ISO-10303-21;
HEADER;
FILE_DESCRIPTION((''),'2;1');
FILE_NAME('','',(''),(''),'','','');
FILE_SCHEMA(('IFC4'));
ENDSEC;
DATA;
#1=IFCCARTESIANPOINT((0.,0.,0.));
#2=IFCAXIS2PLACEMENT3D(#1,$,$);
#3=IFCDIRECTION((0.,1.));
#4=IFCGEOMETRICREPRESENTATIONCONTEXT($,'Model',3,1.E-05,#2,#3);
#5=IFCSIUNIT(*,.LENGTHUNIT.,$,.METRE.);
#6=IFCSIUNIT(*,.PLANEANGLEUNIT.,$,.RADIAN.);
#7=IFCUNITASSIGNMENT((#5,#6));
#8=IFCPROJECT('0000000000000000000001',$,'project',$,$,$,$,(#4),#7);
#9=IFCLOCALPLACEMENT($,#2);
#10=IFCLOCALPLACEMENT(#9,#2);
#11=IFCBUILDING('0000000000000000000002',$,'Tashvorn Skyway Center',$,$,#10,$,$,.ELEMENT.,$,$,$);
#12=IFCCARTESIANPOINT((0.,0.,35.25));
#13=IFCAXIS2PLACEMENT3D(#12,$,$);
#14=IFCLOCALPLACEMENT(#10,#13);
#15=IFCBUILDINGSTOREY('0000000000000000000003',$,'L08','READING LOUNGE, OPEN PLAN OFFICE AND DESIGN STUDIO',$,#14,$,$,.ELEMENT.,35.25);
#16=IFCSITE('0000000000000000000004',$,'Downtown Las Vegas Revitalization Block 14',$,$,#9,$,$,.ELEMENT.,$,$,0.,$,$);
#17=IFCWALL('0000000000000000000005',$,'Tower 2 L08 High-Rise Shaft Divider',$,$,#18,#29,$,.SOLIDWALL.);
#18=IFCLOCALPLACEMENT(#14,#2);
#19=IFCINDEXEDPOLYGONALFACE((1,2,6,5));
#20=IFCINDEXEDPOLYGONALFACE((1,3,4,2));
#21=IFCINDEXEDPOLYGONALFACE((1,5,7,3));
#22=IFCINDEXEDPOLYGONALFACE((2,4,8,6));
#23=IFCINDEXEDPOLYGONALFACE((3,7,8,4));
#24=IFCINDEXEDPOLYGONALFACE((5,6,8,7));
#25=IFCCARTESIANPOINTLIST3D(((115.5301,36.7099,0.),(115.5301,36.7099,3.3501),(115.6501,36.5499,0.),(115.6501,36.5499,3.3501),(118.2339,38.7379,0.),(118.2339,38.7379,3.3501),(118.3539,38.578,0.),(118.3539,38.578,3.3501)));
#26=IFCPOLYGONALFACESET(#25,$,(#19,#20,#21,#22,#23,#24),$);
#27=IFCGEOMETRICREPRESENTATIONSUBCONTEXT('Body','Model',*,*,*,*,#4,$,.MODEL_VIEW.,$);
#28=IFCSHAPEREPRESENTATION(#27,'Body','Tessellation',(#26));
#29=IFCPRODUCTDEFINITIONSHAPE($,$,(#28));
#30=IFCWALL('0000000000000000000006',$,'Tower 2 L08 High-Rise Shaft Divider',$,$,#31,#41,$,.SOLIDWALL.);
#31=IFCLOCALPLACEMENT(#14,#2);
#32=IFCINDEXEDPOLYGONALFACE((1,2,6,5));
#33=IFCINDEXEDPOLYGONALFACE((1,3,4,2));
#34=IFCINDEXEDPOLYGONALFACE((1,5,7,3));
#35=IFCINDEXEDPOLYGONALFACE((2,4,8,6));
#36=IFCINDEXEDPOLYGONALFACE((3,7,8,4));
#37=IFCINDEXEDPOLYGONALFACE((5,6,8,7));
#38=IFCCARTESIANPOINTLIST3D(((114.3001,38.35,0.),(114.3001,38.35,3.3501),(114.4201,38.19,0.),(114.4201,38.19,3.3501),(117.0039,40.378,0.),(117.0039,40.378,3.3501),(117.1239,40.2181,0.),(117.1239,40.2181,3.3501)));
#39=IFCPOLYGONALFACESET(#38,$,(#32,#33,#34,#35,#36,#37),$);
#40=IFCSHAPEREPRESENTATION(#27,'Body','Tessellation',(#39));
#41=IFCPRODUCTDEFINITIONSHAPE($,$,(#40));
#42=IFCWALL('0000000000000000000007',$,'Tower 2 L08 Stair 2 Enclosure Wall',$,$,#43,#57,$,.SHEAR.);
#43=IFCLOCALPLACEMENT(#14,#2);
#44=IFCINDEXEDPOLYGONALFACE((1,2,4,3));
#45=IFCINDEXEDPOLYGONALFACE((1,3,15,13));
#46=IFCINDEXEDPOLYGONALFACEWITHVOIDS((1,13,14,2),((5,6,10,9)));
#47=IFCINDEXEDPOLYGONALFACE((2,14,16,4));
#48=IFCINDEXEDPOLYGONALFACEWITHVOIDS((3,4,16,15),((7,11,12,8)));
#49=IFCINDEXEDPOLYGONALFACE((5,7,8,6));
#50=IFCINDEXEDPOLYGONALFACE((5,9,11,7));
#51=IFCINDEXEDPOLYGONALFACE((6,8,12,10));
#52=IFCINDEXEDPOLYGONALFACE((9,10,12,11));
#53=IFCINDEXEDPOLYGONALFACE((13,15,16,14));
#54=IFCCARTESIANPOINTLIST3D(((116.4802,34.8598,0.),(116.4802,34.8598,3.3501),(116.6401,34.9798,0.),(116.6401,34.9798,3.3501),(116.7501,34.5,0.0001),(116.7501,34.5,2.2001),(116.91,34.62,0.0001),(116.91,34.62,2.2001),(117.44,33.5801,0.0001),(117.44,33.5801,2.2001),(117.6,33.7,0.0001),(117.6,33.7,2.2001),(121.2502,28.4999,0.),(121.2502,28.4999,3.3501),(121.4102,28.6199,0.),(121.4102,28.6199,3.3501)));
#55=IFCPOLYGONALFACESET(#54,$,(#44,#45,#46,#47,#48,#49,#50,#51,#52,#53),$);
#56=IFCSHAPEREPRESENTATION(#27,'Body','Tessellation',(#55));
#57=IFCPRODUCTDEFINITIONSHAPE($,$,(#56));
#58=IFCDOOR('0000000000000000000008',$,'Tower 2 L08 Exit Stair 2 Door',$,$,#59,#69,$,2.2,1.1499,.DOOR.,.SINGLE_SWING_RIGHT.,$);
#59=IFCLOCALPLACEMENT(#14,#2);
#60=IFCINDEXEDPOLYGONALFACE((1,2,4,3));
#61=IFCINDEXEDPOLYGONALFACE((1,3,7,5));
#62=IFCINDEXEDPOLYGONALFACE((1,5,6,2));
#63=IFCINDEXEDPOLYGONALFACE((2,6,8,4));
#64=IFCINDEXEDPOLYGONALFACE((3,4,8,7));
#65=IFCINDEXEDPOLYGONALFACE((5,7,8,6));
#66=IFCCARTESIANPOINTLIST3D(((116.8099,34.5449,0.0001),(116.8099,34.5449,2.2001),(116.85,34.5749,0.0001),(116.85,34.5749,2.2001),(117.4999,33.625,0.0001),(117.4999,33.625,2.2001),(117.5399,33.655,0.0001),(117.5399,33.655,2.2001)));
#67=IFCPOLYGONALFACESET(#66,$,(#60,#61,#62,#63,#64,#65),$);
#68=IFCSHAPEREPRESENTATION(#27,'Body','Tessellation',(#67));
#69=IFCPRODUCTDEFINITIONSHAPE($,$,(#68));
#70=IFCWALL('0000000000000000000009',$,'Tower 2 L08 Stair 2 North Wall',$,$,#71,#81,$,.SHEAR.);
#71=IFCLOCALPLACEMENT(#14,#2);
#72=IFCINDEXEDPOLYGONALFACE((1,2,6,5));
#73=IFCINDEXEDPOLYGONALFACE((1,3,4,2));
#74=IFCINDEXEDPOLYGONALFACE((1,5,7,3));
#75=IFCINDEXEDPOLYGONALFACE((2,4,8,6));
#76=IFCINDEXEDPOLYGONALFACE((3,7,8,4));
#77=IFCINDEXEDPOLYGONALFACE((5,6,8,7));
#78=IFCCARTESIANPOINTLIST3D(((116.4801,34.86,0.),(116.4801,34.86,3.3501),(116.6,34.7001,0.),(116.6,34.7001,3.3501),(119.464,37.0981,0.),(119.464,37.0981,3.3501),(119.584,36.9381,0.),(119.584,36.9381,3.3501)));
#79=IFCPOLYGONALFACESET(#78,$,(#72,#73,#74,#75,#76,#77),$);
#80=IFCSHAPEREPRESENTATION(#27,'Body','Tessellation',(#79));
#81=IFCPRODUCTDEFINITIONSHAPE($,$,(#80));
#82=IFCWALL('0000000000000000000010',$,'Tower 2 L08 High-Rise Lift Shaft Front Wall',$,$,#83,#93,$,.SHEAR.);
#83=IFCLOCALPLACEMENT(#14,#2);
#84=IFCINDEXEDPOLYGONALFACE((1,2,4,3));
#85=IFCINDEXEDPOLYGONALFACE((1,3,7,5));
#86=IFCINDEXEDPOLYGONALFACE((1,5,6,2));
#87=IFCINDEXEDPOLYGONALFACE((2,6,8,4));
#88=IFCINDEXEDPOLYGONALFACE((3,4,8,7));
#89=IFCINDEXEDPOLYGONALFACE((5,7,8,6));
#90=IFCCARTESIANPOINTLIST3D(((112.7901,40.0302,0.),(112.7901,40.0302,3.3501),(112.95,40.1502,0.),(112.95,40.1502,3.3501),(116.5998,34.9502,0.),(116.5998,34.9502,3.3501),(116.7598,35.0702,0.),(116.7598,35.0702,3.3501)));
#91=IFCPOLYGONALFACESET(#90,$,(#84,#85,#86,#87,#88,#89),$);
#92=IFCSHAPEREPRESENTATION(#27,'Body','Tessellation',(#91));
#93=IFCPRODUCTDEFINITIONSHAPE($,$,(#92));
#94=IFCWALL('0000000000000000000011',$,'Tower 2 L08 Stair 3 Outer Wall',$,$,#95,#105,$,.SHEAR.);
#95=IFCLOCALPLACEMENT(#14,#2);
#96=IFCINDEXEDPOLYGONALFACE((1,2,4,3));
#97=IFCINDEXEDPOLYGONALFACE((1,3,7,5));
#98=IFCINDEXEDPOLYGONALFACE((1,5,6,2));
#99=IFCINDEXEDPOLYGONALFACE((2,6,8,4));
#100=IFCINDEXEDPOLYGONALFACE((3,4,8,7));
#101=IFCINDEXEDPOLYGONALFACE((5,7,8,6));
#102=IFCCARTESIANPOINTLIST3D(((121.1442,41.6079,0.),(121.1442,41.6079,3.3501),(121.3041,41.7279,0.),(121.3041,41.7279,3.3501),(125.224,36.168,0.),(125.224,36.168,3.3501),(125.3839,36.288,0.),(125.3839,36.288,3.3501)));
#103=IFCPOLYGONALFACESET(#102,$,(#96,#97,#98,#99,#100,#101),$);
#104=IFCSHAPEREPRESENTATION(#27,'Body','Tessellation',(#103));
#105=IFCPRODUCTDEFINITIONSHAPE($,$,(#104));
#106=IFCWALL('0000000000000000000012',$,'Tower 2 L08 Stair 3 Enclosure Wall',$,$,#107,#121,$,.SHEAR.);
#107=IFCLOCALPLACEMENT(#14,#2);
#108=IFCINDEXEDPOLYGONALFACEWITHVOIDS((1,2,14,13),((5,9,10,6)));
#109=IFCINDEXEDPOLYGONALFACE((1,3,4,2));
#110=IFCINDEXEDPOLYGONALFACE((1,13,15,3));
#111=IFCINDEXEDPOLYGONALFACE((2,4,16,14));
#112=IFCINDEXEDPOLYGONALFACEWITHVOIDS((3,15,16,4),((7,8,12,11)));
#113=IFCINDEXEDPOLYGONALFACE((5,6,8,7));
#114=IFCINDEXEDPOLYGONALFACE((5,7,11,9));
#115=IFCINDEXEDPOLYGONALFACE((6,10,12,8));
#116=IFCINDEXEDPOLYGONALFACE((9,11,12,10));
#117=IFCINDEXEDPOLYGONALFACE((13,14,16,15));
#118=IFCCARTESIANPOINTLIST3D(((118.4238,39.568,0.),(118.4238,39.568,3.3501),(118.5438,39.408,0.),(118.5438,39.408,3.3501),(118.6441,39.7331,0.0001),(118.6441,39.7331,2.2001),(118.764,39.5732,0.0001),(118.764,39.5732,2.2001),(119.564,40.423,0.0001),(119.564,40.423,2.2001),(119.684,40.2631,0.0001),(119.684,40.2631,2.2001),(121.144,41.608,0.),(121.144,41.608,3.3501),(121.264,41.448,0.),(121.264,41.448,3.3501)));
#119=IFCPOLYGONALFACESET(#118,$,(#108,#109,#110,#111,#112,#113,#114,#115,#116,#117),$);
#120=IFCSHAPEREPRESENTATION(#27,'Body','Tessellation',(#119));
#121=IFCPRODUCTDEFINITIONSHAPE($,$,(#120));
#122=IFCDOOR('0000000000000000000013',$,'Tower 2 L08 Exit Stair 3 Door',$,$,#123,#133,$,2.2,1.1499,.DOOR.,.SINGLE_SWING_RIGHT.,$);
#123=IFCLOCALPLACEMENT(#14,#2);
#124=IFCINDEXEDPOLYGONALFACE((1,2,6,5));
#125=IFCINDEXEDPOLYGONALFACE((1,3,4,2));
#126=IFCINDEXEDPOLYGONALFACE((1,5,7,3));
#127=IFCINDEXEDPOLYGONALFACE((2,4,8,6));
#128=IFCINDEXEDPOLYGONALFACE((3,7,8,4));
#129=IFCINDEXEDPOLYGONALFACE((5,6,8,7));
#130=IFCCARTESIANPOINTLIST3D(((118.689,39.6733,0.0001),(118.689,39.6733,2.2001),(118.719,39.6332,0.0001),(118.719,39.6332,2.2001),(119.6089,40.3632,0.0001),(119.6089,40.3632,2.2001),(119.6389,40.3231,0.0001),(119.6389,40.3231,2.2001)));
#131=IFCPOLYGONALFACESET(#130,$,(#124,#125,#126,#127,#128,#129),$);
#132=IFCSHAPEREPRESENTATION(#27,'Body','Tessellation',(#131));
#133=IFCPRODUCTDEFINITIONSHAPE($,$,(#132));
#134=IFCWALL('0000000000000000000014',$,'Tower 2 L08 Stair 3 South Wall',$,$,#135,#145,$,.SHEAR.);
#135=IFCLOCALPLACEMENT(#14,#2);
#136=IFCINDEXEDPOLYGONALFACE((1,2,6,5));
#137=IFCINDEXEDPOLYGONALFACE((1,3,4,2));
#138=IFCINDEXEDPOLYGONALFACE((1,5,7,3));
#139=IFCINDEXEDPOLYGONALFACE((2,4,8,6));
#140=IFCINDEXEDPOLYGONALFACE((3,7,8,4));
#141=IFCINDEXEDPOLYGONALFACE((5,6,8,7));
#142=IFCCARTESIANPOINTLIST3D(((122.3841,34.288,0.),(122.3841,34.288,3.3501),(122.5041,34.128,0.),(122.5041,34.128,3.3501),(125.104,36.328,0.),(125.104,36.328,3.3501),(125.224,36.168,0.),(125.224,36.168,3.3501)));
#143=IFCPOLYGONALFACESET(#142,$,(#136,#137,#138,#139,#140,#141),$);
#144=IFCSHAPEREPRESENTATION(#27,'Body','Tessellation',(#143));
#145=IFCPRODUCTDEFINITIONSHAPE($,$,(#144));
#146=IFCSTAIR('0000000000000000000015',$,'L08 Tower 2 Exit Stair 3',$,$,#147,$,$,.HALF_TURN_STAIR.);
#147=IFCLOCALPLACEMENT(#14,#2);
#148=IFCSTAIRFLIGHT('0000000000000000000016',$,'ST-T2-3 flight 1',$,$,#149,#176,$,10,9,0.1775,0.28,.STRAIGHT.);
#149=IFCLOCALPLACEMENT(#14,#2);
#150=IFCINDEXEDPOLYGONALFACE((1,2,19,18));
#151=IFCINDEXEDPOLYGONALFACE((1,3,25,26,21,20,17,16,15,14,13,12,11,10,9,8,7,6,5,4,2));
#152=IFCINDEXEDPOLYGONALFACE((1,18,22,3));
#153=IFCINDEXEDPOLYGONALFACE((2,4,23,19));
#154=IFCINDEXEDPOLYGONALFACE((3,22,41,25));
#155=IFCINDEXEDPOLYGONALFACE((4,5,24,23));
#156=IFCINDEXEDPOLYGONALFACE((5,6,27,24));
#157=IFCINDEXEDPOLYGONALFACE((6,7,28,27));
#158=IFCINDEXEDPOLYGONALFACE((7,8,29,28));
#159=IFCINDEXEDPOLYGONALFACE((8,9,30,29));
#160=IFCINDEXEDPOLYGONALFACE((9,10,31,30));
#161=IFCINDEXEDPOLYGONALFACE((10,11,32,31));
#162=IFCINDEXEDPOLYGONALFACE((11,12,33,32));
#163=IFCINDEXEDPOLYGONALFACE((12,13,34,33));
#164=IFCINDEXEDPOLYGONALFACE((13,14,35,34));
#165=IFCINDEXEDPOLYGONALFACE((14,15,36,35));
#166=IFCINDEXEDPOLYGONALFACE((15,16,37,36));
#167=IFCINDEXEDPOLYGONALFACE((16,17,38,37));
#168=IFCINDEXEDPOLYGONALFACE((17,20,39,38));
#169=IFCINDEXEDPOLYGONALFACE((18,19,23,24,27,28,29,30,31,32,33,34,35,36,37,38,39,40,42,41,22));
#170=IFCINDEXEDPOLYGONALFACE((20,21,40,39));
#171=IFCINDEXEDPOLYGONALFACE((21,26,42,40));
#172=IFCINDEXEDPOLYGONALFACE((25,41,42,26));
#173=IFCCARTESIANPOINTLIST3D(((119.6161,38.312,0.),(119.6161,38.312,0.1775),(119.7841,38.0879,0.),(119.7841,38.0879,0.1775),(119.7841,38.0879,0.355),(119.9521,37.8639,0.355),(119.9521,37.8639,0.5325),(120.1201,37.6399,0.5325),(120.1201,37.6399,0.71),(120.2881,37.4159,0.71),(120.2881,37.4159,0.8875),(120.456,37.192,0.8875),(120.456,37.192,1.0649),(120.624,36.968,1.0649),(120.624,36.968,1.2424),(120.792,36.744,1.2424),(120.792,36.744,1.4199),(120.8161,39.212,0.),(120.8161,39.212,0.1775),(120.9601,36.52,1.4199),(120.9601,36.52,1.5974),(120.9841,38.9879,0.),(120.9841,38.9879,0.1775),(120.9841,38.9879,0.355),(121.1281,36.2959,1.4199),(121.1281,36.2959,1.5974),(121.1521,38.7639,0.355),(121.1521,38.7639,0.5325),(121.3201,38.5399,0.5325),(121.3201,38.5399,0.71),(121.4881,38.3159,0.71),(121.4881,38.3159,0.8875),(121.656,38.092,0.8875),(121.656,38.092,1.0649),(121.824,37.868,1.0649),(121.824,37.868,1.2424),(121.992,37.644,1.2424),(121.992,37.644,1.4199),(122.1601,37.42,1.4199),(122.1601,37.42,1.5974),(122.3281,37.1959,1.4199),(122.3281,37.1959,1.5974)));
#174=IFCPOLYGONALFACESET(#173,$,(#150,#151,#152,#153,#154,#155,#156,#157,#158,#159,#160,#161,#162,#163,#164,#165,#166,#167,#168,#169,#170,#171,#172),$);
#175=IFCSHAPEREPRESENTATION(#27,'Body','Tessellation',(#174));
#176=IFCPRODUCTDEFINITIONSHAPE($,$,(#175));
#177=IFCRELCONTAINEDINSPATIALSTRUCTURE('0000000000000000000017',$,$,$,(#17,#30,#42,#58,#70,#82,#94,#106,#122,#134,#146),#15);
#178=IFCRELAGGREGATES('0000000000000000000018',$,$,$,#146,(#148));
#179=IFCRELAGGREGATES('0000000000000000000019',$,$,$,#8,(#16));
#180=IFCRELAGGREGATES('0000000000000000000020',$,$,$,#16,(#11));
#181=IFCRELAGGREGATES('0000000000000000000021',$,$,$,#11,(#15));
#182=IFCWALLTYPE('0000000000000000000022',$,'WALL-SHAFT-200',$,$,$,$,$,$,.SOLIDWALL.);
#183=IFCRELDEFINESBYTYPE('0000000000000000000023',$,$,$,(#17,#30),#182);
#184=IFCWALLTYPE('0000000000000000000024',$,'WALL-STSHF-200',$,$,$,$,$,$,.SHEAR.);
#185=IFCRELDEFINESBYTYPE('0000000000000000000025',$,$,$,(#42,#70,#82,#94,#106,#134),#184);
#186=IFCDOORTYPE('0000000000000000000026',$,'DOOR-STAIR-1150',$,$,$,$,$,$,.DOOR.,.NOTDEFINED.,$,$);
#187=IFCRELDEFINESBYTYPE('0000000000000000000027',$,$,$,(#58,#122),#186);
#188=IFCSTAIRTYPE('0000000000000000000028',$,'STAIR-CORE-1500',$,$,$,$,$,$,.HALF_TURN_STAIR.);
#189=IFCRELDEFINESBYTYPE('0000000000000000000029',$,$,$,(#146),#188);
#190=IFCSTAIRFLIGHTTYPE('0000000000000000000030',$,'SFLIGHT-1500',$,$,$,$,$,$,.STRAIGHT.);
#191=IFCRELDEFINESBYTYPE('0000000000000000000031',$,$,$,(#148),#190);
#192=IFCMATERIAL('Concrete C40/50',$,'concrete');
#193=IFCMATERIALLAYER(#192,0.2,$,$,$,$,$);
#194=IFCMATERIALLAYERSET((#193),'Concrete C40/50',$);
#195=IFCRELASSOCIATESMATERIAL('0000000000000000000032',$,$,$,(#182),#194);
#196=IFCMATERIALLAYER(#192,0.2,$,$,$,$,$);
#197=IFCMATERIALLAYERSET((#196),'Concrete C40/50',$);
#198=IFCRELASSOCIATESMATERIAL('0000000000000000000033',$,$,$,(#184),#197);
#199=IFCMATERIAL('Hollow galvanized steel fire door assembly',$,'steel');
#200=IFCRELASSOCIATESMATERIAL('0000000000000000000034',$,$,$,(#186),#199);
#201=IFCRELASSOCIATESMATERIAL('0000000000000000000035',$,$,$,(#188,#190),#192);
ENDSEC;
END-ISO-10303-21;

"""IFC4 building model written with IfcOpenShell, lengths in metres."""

from ifc_helpers import new_model, si_unit, direction, frame, frame_2d, origin, place, context, subcontext, project, spatial, polyline, rectangle, outline, extrude, material, layer, layer_set, type_object, element, fill, aggregate, save


model = new_model("IFC4")

# Units and contexts
model_context = context("Model", 3, precision=1e-05, world=origin(), true_north=direction((0.0, 1.0)))
body_context = subcontext(model_context, "Body", "Model", "MODEL_VIEW")
ifc_project = project(units=[si_unit("LENGTHUNIT", "METRE"), si_unit("PLANEANGLEUNIT", "RADIAN")], contexts=[model_context])

# Site, building, storey
site_placement = place(None, origin())
site = spatial("IfcSite", under=ifc_project, at=site_placement, Name="Downtown Las Vegas Revitalization Block 14", CompositionType="ELEMENT", RefElevation=0.0)
building_placement = place(site_placement, origin())
building = spatial("IfcBuilding", under=site, at=building_placement, Name="Tashvorn Skyway Center", CompositionType="ELEMENT")
storey_placement = place(building_placement, frame((0.0, 0.0, 35.25)))
storey = spatial("IfcBuildingStorey", under=building, at=storey_placement, Name="L08", Description="READING LOUNGE, OPEN PLAN OFFICE AND DESIGN STUDIO", CompositionType="ELEMENT", Elevation=35.25)

# Walls
ifc_material_1 = material(Name="Concrete C40/50", Category="concrete")
ifc_layer_1 = layer(ifc_material_1, 0.2)
ifc_layer_set_1 = layer_set([ifc_layer_1], Name="Concrete C40/50")
wall_type_1 = type_object("IfcWallType", Name="WALL-SHAFT-200", PredefinedType="SOLIDWALL", material=ifc_layer_set_1)
for number, where, z_axis, x_axis, name in (
    (1, (115.5901, 36.6299, 0.0), (0.0, 0.0, 1.0), (0.799974, 0.600035, 0.0), "Tower 2 L08 High-Rise Shaft Divider"),
    (2, (114.3601, 38.27, 0.0), (0.0, 0.0, 1.0), (0.799974, 0.600035, 0.0), "Tower 2 L08 High-Rise Shaft Divider"),
):
    element("IfcWall", number, at=place(storey_placement, frame(where, z_axis=z_axis, x_axis=x_axis)), inside=storey, type_object=wall_type_1, Name=name, PredefinedType="SOLIDWALL", context=body_context, shape_type="SweptSolid", body=[
        extrude(rectangle(XDim=3.3799, YDim=0.2, at=frame_2d((1.6899, 0.0))), origin(), (0.0, 0.0, 1.0), 3.3501),
    ])

# Wall, opening, door
ifc_layer_2 = layer(ifc_material_1, 0.2)
ifc_layer_set_2 = layer_set([ifc_layer_2], Name="Concrete C40/50")
wall_type_2 = type_object("IfcWallType", Name="WALL-STSHF-200", PredefinedType="SHEAR", material=ifc_layer_set_2)
wall_1_placement = place(storey_placement, frame((116.5601, 34.9199, 0.0), z_axis=(0.0, 0.0, 1.0), x_axis=(0.60001, -0.799993, 0.0)))
wall_1 = element("IfcWall", 3, at=wall_1_placement, inside=storey, type_object=wall_type_2, Name="Tower 2 L08 Stair 2 Enclosure Wall", PredefinedType="SHEAR", context=body_context, shape_type="SweptSolid", body=[
    extrude(rectangle(XDim=7.95, YDim=0.2, at=frame_2d((3.9751, 0.0))), origin(), (0.0, 0.0, 1.0), 3.3501),
])
opening_1_placement = place(wall_1_placement, frame((0.45, 0.0, 0.0)))
opening_1 = element("IfcOpeningElement", 4, at=opening_1_placement, cuts=wall_1, PredefinedType="OPENING", context=body_context, shape_type="SweptSolid", body=[
    extrude(rectangle(XDim=1.1499, YDim=2.2, at=frame_2d((0.575, 1.1001))), frame((0.0, 0.1099, 0.0), z_axis=(0.0, -1.0, 0.0), x_axis=(1.0, 0.0, 0.0)), (0.0, 0.0, 1.0), 0.22),
])
ifc_material_2 = material(Name="Hollow galvanized steel fire door assembly", Category="steel")
door_type = type_object("IfcDoorType", Name="DOOR-STAIR-1150", OperationType="NOTDEFINED", PredefinedType="DOOR", material=ifc_material_2)
door_1_placement = place(opening_1_placement, origin())
door_1 = element("IfcDoor", 5, at=door_1_placement, inside=storey, type_object=door_type, Name="Tower 2 L08 Exit Stair 2 Door", OperationType="SINGLE_SWING_RIGHT", OverallHeight=2.2, OverallWidth=1.1499, PredefinedType="DOOR", context=body_context, shape_type="SweptSolid", body=[
    extrude(rectangle(XDim=1.1499, YDim=2.2, at=frame_2d((0.575, 1.1001))), frame((0.0, 0.0249, 0.0), z_axis=(0.0, -1.0, 0.0), x_axis=(1.0, 0.0, 0.0)), (0.0, 0.0, 1.0), 0.05),
])
fill(opening_1, door_1)

# Walls
wall_2_placement = place(storey_placement, frame((116.54, 34.78, 0.0), z_axis=(0.0, 0.0, 1.0), x_axis=(0.799984, 0.600021, 0.0)))
element("IfcWall", 6, at=wall_2_placement, inside=storey, type_object=wall_type_2, Name="Tower 2 L08 Stair 2 North Wall", PredefinedType="SHEAR", context=body_context, shape_type="SweptSolid", body=[
    extrude(rectangle(XDim=3.73, YDim=0.2, at=frame_2d((1.865, 0.0))), origin(), (0.0, 0.0, 1.0), 3.3501),
])
wall_3_placement = place(storey_placement, frame((112.8701, 40.0901, 0.0), z_axis=(0.0, 0.0, 1.0), x_axis=(0.599975, -0.800018, 0.0)))
element("IfcWall", 7, at=wall_3_placement, inside=storey, type_object=wall_type_2, Name="Tower 2 L08 High-Rise Lift Shaft Front Wall", PredefinedType="SHEAR", context=body_context, shape_type="SweptSolid", body=[
    extrude(rectangle(XDim=6.3499, YDim=0.2, at=frame_2d((3.1748, 0.0))), origin(), (0.0, 0.0, 1.0), 3.3501),
])
wall_4_placement = place(storey_placement, frame((125.304, 36.228, 0.0), z_axis=(0.0, 0.0, 1.0), x_axis=(-0.599989, 0.800009, 0.0)))
element("IfcWall", 8, at=wall_4_placement, inside=storey, type_object=wall_type_2, Name="Tower 2 L08 Stair 3 Outer Wall", PredefinedType="SHEAR", context=body_context, shape_type="SweptSolid", body=[
    extrude(rectangle(XDim=6.7998, YDim=0.2, at=frame_2d((3.3999, 0.0))), origin(), (0.0, 0.0, 1.0), 3.3501),
])

# Wall, opening, door
wall_5_placement = place(storey_placement, frame((121.2041, 41.5281, 0.0), z_axis=(0.0, 0.0, 1.0), x_axis=(-0.800017, -0.599977, 0.0)))
wall_5 = element("IfcWall", 9, at=wall_5_placement, inside=storey, type_object=wall_type_2, Name="Tower 2 L08 Stair 3 Enclosure Wall", PredefinedType="SHEAR", context=body_context, shape_type="SweptSolid", body=[
    extrude(rectangle(XDim=3.4001, YDim=0.2, at=frame_2d((1.7002, 0.0))), origin(), (0.0, 0.0, 1.0), 3.3501),
])
opening_2_placement = place(wall_5_placement, frame((1.9751, 0.0, 0.0)))
opening_2 = element("IfcOpeningElement", 10, at=opening_2_placement, cuts=wall_5, PredefinedType="OPENING", context=body_context, shape_type="SweptSolid", body=[
    extrude(rectangle(XDim=1.1499, YDim=2.2, at=frame_2d((0.575, 1.1001))), frame((0.0, 0.1099, 0.0), z_axis=(0.0, -1.0, 0.0), x_axis=(1.0, 0.0, 0.0)), (0.0, 0.0, 1.0), 0.22),
])
door_2_placement = place(opening_2_placement, origin())
door_2 = element("IfcDoor", 11, at=door_2_placement, inside=storey, type_object=door_type, Name="Tower 2 L08 Exit Stair 3 Door", OperationType="SINGLE_SWING_RIGHT", OverallHeight=2.2, OverallWidth=1.1499, PredefinedType="DOOR", context=body_context, shape_type="SweptSolid", body=[
    extrude(rectangle(XDim=1.1499, YDim=2.2, at=frame_2d((0.575, 1.1001))), frame((0.0, 0.0249, 0.0), z_axis=(0.0, -1.0, 0.0), x_axis=(1.0, 0.0, 0.0)), (0.0, 0.0, 1.0), 0.05),
])
fill(opening_2, door_2)

# Wall
wall_6_placement = place(storey_placement, frame((122.4441, 34.208, 0.0), z_axis=(0.0, 0.0, 1.0), x_axis=(0.799991, 0.600011, 0.0)))
element("IfcWall", 12, at=wall_6_placement, inside=storey, type_object=wall_type_2, Name="Tower 2 L08 Stair 3 South Wall", PredefinedType="SHEAR", context=body_context, shape_type="SweptSolid", body=[
    extrude(rectangle(XDim=3.3999, YDim=0.2, at=frame_2d((1.7, 0.0))), origin(), (0.0, 0.0, 1.0), 3.3501),
])

# Stair, stair flight
stair_type = type_object("IfcStairType", Name="STAIR-CORE-1500", PredefinedType="HALF_TURN_STAIR", material=ifc_material_1)
stair_placement = place(storey_placement, origin())
stair = element("IfcStair", 13, at=stair_placement, inside=storey, type_object=stair_type, Name="L08 Tower 2 Exit Stair 3", PredefinedType="HALF_TURN_STAIR")
stair_flight_type = type_object("IfcStairFlightType", Name="SFLIGHT-1500", PredefinedType="STRAIGHT", material=ifc_material_1)
stair_flight_1_placement = place(storey_placement, frame((120.2161, 38.762, 0.0), z_axis=(0.0, 0.0, 1.0), x_axis=(0.6, -0.8, 0.0)))
stair_flight_1 = element("IfcStairFlight", 14, at=stair_flight_1_placement, type_object=stair_flight_type, Name="ST-T2-3 flight 1", NumberOfRisers=10, NumberOfTreads=9, PredefinedType="STRAIGHT", RiserHeight=0.1775, TreadLength=0.28, context=body_context, shape_type="SweptSolid", body=[
    extrude(outline(polyline([(0.0, 0.0), (0.0, 0.1775), (0.28, 0.1775), (0.28, 0.355), (0.5601, 0.355), (0.5601, 0.5325), (0.8401, 0.5325), (0.8401, 0.71), (1.1201, 0.71), (1.1201, 0.8875), (1.3999, 0.8875), (1.3999, 1.0649), (1.6799, 1.0649), (1.6799, 1.2424), (1.96, 1.2424), (1.96, 1.4199), (2.24, 1.4199), (2.24, 1.5974), (2.52, 1.5974), (2.52, 1.7749), (2.52, 1.4199), (0.28, 0.0), (0.0, 0.0)])), frame((0.0, 0.75, 0.0), z_axis=(0.0, -1.0, 0.0), x_axis=(1.0, 0.0, 0.0)), (0.0, 0.0, 1.0), 1.5),
])
aggregate(stair, [stair_flight_1])

save(model, "model.ifc")
